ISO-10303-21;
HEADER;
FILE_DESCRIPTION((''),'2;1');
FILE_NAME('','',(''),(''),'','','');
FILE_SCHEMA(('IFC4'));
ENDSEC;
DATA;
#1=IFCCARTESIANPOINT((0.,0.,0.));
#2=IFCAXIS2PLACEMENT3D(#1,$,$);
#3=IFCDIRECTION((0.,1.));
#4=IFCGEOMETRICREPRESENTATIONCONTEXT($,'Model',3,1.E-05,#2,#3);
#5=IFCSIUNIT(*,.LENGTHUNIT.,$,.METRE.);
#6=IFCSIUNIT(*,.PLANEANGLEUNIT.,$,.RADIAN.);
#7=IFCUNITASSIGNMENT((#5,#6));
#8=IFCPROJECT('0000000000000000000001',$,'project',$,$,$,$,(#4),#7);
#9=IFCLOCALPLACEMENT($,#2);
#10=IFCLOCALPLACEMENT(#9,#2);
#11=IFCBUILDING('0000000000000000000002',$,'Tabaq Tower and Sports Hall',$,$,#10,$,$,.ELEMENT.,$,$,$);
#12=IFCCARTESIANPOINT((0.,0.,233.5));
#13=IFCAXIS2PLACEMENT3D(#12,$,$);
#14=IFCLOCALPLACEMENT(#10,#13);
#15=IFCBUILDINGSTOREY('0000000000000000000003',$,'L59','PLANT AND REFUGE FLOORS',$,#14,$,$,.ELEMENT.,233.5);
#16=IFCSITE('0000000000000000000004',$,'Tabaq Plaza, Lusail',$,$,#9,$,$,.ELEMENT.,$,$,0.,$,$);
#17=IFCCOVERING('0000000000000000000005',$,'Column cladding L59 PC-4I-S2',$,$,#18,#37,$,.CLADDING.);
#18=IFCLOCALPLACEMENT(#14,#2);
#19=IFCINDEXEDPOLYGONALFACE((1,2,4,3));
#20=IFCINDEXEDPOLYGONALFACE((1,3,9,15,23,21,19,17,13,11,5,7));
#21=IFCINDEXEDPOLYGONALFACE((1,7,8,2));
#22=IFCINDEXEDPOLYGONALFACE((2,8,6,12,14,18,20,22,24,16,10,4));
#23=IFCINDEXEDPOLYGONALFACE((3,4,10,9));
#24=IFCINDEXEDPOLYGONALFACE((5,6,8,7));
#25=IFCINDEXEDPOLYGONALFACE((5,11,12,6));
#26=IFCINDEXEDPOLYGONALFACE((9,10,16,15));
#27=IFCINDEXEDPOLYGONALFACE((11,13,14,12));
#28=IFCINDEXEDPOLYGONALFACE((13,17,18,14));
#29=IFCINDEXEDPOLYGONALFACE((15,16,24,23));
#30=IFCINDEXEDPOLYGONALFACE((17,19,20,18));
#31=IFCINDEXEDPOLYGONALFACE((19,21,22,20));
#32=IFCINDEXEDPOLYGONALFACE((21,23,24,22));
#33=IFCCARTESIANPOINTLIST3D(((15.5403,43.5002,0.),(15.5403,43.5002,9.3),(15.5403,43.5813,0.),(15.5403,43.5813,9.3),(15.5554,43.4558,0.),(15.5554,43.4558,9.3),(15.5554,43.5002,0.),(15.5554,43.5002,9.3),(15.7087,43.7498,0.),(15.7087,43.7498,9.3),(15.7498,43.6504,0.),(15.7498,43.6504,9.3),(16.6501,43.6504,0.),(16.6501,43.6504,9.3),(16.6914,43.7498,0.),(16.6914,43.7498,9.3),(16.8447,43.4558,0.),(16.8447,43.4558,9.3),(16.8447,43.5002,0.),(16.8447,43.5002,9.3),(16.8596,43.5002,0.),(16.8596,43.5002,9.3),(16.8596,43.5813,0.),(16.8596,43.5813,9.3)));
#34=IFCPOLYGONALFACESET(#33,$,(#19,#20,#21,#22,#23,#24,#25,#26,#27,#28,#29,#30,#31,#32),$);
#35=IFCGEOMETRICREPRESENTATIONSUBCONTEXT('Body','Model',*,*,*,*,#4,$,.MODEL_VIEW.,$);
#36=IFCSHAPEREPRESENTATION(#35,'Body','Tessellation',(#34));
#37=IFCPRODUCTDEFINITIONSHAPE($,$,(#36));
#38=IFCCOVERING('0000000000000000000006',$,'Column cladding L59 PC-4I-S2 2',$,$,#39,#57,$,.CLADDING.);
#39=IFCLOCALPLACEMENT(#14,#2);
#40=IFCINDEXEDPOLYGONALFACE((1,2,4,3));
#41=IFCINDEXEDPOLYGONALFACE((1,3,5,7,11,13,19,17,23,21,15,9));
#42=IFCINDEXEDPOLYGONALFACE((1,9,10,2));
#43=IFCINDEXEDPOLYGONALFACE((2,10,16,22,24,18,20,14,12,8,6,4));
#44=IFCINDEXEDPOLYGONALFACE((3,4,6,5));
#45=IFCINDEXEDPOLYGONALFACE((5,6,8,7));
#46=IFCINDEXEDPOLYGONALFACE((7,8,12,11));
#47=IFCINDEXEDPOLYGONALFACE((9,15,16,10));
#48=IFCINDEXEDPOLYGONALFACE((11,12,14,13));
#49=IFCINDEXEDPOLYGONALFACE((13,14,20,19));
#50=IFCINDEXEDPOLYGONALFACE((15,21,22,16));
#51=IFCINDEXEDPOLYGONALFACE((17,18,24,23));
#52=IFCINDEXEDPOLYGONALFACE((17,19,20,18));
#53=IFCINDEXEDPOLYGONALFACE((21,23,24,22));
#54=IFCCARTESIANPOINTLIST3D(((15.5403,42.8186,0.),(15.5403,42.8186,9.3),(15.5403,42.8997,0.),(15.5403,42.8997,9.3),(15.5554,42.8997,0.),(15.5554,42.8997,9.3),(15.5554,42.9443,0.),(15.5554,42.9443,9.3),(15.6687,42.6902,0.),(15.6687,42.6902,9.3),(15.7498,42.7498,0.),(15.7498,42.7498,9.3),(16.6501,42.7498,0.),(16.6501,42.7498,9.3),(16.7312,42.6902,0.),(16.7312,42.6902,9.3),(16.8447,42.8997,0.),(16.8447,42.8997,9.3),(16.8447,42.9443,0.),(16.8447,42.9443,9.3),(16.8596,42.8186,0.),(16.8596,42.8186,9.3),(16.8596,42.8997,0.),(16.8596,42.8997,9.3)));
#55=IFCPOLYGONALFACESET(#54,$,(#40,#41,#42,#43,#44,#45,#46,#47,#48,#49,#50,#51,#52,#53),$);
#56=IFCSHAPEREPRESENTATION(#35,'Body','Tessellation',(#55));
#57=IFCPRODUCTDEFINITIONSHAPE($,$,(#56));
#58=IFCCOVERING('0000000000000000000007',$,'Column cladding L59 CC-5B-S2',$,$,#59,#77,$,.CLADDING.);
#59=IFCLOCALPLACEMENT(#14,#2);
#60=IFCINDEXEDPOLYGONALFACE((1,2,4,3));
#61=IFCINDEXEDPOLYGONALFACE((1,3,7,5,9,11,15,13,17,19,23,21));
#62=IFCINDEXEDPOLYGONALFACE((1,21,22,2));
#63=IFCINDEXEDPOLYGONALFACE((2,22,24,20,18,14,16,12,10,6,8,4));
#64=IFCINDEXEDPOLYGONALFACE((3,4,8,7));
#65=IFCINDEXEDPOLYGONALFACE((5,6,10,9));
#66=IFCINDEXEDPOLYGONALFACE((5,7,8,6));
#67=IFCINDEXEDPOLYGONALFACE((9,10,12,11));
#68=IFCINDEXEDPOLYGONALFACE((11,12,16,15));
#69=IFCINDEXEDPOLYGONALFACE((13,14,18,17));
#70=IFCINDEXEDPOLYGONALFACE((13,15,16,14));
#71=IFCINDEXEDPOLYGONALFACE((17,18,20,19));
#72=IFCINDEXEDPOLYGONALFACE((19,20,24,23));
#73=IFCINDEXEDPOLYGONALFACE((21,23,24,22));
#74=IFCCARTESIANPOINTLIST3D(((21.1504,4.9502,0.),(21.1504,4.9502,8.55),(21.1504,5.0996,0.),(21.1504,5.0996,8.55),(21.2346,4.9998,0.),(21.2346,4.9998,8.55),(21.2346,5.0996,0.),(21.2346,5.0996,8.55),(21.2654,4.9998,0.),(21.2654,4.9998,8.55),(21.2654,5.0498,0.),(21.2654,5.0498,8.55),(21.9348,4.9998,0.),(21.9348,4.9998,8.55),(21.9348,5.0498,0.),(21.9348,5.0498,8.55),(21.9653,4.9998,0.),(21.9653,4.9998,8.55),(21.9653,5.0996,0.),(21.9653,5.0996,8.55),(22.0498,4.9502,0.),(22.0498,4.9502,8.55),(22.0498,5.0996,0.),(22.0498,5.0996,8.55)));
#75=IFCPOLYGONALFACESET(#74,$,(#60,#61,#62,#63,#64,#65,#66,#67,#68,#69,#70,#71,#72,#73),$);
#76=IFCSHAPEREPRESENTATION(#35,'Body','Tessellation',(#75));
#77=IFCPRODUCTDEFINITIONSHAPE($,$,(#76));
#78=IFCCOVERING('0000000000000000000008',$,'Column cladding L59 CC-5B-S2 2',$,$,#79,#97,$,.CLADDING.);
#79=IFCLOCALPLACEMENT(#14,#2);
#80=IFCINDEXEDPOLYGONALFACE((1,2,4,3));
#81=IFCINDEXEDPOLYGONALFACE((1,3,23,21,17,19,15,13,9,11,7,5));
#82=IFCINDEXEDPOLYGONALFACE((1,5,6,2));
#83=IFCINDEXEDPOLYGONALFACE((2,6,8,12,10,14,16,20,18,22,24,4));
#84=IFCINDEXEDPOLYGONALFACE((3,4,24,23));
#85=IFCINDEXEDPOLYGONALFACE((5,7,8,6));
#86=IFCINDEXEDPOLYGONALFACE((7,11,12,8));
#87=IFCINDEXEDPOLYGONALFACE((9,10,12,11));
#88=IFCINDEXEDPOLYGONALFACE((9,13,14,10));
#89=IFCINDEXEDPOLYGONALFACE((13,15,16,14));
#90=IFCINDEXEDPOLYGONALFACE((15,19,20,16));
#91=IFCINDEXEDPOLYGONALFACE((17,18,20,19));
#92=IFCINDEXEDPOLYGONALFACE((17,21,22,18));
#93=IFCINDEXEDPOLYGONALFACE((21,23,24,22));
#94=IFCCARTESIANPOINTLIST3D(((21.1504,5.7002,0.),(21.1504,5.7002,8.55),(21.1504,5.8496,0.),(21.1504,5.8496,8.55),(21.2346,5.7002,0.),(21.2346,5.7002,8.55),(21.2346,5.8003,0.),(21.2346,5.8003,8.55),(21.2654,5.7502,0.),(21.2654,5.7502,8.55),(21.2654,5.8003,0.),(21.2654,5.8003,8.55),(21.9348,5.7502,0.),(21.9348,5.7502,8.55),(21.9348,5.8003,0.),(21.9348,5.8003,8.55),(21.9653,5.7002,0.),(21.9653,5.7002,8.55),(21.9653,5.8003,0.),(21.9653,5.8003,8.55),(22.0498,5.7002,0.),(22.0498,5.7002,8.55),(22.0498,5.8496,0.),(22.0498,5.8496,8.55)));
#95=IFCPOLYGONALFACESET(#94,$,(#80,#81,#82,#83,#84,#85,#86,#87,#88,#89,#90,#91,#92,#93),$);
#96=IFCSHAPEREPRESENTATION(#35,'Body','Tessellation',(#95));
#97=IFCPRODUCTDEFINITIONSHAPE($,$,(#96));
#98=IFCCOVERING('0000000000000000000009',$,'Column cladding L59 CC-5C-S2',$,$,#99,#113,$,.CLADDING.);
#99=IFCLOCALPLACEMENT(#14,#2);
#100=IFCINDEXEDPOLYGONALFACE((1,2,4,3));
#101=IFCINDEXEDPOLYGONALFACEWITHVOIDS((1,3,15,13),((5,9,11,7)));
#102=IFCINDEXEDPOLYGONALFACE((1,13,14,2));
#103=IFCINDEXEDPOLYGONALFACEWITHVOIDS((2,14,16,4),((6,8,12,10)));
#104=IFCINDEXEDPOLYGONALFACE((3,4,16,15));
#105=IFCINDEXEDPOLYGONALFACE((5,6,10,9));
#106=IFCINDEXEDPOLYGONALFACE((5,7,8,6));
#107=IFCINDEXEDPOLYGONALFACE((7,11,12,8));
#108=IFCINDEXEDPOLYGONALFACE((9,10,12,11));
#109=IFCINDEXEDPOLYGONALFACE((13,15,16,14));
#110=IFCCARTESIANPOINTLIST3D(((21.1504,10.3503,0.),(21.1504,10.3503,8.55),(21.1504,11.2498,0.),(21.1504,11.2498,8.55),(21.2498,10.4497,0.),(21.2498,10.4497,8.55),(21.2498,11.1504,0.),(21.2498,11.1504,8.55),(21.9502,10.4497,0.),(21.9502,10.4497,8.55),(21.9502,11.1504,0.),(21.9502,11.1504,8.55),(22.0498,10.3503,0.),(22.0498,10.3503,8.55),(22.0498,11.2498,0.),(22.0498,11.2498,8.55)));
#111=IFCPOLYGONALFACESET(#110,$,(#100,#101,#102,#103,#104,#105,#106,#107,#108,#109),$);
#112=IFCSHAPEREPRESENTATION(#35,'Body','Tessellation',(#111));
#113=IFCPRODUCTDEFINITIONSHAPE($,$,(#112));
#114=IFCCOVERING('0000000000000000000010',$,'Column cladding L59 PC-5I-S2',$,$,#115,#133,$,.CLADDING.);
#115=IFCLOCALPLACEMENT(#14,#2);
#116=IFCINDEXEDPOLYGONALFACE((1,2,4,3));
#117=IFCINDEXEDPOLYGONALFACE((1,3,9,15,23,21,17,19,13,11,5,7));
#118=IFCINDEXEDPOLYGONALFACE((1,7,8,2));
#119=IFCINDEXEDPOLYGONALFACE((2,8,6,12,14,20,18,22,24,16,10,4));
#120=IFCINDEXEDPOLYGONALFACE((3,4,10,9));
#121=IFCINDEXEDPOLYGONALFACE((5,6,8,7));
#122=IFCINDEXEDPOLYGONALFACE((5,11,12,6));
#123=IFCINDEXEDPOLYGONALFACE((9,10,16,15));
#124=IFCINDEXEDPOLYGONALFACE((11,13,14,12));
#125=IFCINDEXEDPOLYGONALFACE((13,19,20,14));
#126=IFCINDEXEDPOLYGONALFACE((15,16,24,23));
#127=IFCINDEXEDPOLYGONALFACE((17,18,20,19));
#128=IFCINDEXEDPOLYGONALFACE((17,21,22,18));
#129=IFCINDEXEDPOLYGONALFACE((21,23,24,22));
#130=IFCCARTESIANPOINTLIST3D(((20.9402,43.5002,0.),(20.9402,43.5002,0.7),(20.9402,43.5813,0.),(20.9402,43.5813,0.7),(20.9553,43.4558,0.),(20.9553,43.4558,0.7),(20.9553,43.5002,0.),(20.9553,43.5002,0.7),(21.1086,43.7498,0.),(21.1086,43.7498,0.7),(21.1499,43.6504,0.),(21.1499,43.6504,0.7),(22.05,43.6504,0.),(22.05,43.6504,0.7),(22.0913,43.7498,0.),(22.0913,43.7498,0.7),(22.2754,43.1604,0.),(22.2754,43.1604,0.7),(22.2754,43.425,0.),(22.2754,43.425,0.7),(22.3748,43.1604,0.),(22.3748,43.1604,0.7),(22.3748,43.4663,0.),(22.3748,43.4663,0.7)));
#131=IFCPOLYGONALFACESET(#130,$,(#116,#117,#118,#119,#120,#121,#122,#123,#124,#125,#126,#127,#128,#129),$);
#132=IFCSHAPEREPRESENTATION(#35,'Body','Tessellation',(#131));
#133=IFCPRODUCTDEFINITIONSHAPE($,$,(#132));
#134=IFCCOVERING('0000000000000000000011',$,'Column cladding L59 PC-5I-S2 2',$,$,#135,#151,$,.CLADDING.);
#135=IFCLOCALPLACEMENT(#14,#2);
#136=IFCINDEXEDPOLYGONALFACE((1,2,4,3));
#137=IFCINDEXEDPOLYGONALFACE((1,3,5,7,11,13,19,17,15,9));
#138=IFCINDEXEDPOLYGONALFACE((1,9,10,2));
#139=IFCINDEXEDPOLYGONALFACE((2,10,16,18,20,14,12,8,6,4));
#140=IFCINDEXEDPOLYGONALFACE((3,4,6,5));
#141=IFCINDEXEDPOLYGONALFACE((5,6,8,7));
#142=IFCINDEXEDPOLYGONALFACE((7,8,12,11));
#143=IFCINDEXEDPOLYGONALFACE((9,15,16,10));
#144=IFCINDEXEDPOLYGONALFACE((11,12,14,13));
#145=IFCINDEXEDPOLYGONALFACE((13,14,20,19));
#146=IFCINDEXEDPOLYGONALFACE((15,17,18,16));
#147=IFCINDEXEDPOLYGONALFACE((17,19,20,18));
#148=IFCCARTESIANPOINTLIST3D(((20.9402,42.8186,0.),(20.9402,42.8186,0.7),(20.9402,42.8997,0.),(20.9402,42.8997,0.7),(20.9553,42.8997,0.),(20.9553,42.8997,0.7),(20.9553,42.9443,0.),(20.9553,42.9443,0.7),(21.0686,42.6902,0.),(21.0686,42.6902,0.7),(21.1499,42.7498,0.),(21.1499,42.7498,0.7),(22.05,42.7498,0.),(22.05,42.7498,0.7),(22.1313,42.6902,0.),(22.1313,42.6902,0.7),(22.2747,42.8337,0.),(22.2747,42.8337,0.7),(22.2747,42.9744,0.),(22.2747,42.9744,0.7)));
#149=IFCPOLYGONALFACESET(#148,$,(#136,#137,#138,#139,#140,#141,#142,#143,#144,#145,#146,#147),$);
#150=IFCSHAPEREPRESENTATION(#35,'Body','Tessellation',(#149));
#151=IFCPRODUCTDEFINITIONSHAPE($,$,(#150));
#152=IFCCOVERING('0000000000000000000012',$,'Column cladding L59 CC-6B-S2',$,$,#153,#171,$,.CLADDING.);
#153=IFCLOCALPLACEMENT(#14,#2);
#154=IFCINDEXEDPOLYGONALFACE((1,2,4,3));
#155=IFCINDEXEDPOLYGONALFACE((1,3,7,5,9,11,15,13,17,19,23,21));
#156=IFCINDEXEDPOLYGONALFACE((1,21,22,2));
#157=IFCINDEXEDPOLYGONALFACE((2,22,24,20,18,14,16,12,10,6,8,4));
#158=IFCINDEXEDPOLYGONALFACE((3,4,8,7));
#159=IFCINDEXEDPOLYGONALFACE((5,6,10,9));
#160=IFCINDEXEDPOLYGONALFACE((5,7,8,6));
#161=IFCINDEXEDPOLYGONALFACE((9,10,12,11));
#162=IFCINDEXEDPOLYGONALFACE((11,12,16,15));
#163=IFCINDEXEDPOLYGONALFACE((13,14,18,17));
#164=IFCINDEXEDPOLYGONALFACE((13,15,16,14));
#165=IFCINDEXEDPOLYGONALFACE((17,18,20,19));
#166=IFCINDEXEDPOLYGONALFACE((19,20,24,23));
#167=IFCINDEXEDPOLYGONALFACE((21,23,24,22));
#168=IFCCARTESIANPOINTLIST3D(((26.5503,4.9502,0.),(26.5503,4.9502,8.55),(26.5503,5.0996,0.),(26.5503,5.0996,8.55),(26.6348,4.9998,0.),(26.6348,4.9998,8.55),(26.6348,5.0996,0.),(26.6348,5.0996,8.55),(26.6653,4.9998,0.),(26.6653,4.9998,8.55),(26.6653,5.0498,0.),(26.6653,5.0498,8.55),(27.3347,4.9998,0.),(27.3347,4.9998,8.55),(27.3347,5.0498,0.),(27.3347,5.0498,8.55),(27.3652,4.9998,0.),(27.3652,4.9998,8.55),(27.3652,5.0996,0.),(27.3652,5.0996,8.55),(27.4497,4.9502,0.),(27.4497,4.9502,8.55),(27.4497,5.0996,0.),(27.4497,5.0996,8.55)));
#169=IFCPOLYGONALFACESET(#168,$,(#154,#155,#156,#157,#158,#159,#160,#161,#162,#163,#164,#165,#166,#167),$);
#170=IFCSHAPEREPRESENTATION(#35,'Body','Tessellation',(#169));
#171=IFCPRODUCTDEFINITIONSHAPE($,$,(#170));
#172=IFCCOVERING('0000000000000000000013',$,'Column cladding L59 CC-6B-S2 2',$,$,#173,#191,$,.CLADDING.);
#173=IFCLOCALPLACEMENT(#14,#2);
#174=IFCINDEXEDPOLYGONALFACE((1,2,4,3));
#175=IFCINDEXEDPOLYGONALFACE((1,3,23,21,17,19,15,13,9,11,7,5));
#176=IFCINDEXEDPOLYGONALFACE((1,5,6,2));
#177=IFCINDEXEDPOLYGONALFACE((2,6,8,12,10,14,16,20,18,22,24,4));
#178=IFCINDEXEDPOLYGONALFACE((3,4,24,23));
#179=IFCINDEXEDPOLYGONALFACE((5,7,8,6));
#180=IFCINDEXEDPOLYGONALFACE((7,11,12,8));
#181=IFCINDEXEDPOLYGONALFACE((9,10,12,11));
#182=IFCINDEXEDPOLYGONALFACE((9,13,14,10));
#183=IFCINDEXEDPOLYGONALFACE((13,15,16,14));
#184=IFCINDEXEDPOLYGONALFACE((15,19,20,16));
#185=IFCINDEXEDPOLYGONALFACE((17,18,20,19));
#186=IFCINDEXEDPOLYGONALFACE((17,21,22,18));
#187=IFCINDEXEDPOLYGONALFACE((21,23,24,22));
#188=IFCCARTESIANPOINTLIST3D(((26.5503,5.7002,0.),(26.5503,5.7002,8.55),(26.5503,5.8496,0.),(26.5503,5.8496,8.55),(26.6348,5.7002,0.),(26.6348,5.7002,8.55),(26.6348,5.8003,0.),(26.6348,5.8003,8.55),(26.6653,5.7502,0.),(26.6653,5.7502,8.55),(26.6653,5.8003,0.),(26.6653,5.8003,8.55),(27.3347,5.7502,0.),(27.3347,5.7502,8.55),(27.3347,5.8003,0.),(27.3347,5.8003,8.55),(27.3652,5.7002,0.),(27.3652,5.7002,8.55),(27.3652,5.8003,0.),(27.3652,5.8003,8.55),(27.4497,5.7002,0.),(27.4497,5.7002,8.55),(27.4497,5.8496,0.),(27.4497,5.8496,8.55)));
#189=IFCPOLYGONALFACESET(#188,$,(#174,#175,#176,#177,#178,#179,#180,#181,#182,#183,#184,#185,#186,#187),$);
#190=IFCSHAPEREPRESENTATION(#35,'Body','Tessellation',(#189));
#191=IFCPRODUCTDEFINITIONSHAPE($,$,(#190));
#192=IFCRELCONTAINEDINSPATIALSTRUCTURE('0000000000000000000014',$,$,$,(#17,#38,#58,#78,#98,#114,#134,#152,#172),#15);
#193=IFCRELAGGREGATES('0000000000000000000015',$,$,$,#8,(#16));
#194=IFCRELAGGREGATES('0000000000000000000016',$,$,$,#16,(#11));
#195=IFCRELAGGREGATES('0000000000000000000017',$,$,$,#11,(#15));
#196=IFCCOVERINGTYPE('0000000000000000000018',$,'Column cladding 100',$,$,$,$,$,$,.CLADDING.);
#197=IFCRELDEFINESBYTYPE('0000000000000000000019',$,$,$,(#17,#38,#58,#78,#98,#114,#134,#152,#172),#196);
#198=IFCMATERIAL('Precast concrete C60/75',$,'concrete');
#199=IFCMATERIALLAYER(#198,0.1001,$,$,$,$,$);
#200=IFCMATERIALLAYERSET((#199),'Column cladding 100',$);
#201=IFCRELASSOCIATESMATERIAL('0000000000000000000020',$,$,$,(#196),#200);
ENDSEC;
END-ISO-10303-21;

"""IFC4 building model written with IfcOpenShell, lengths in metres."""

from ifc_helpers import new_model, si_unit, direction, frame, origin, place, context, subcontext, project, spatial, polyline, outline, extrude, material, layer, layer_set, type_object, element, save


model = new_model("IFC4")

# Units and contexts
model_context = context("Model", 3, precision=1e-05, world=origin(), true_north=direction((0.0, 1.0)))
body_context = subcontext(model_context, "Body", "Model", "MODEL_VIEW")
ifc_project = project(units=[si_unit("LENGTHUNIT", "METRE"), si_unit("PLANEANGLEUNIT", "RADIAN")], contexts=[model_context])

# Site, building, storey
site_placement = place(None, origin())
site = spatial("IfcSite", under=ifc_project, at=site_placement, Name="Tabaq Plaza, Lusail", CompositionType="ELEMENT", RefElevation=0.0)
building_placement = place(site_placement, origin())
building = spatial("IfcBuilding", under=site, at=building_placement, Name="Tabaq Tower and Sports Hall", CompositionType="ELEMENT")
storey_placement = place(building_placement, frame((0.0, 0.0, 233.5)))
storey = spatial("IfcBuildingStorey", under=building, at=storey_placement, Name="L59", Description="PLANT AND REFUGE FLOORS", CompositionType="ELEMENT", Elevation=233.5)

# Coverings
ifc_material_1 = material(Name="Precast concrete C60/75", Category="concrete")
ifc_layer_1 = layer(ifc_material_1, 0.1001)
ifc_layer_set_1 = layer_set([ifc_layer_1], Name="Column cladding 100")
covering_type_1 = type_object("IfcCoveringType", Name="Column cladding 100", PredefinedType="CLADDING", material=ifc_layer_set_1)
covering_1_placement = place(storey_placement, origin())
element("IfcCovering", 1, at=covering_1_placement, inside=storey, type_object=covering_type_1, Name="Column cladding L59 PC-4I-S2", PredefinedType="CLADDING", context=body_context, shape_type="SweptSolid", body=[
    extrude(outline(polyline([(15.7087, 43.7498), (16.6914, 43.7498), (16.8596, 43.5813), (16.8596, 43.5002), (16.8447, 43.5002), (16.8447, 43.4558), (16.6501, 43.6504), (15.7498, 43.6504), (15.5554, 43.4558), (15.5554, 43.5002), (15.5403, 43.5002), (15.5403, 43.5813), (15.7087, 43.7498)])), origin(), (0.0, 0.0, 1.0), 9.3),
])
covering_2_placement = place(storey_placement, origin())
element("IfcCovering", 2, at=covering_2_placement, inside=storey, type_object=covering_type_1, Name="Column cladding L59 PC-4I-S2 2", PredefinedType="CLADDING", context=body_context, shape_type="SweptSolid", body=[
    extrude(outline(polyline([(16.7312, 42.6902), (15.6687, 42.6902), (15.5403, 42.8186), (15.5403, 42.8997), (15.5554, 42.8997), (15.5554, 42.9443), (15.7498, 42.7498), (16.6501, 42.7498), (16.8447, 42.9443), (16.8447, 42.8997), (16.8596, 42.8997), (16.8596, 42.8186), (16.7312, 42.6902)])), origin(), (0.0, 0.0, 1.0), 9.3),
])
covering_3_placement = place(storey_placement, origin())
element("IfcCovering", 3, at=covering_3_placement, inside=storey, type_object=covering_type_1, Name="Column cladding L59 CC-5B-S2", PredefinedType="CLADDING", context=body_context, shape_type="SweptSolid", body=[
    extrude(outline(polyline([(22.0498, 4.9502), (21.1504, 4.9502), (21.1504, 5.0996), (21.2346, 5.0996), (21.2346, 4.9998), (21.2654, 4.9998), (21.2654, 5.0498), (21.9348, 5.0498), (21.9348, 4.9998), (21.9653, 4.9998), (21.9653, 5.0996), (22.0498, 5.0996), (22.0498, 4.9502)])), origin(), (0.0, 0.0, 1.0), 8.55),
])
covering_4_placement = place(storey_placement, origin())
element("IfcCovering", 4, at=covering_4_placement, inside=storey, type_object=covering_type_1, Name="Column cladding L59 CC-5B-S2 2", PredefinedType="CLADDING", context=body_context, shape_type="SweptSolid", body=[
    extrude(outline(polyline([(22.0498, 5.8496), (22.0498, 5.7002), (21.9653, 5.7002), (21.9653, 5.8003), (21.9348, 5.8003), (21.9348, 5.7502), (21.2654, 5.7502), (21.2654, 5.8003), (21.2346, 5.8003), (21.2346, 5.7002), (21.1504, 5.7002), (21.1504, 5.8496), (22.0498, 5.8496)])), origin(), (0.0, 0.0, 1.0), 8.55),
])
covering_5_placement = place(storey_placement, origin())
element("IfcCovering", 5, at=covering_5_placement, inside=storey, type_object=covering_type_1, Name="Column cladding L59 CC-5C-S2", PredefinedType="CLADDING", context=body_context, shape_type="SweptSolid", body=[
    extrude(outline(polyline([(21.1504, 11.2498), (22.0498, 11.2498), (22.0498, 10.3503), (21.1504, 10.3503), (21.1504, 11.2498)]), holes=[polyline([(21.9502, 10.4497), (21.9502, 11.1504), (21.2498, 11.1504), (21.2498, 10.4497), (21.9502, 10.4497)])]), origin(), (0.0, 0.0, 1.0), 8.55),
])
covering_6_placement = place(storey_placement, origin())
element("IfcCovering", 6, at=covering_6_placement, inside=storey, type_object=covering_type_1, Name="Column cladding L59 PC-5I-S2", PredefinedType="CLADDING", context=body_context, shape_type="SweptSolid", body=[
    extrude(outline(polyline([(21.1086, 43.7498), (22.0913, 43.7498), (22.3748, 43.4663), (22.3748, 43.1604), (22.2754, 43.1604), (22.2754, 43.425), (22.05, 43.6504), (21.1499, 43.6504), (20.9553, 43.4558), (20.9553, 43.5002), (20.9402, 43.5002), (20.9402, 43.5813), (21.1086, 43.7498)])), origin(), (0.0, 0.0, 1.0), 0.7),
])
covering_7_placement = place(storey_placement, origin())
element("IfcCovering", 7, at=covering_7_placement, inside=storey, type_object=covering_type_1, Name="Column cladding L59 PC-5I-S2 2", PredefinedType="CLADDING", context=body_context, shape_type="SweptSolid", body=[
    extrude(outline(polyline([(22.1313, 42.6902), (21.0686, 42.6902), (20.9402, 42.8186), (20.9402, 42.8997), (20.9553, 42.8997), (20.9553, 42.9443), (21.1499, 42.7498), (22.05, 42.7498), (22.2747, 42.9744), (22.2747, 42.8337), (22.1313, 42.6902)])), origin(), (0.0, 0.0, 1.0), 0.7),
])
covering_8_placement = place(storey_placement, origin())
element("IfcCovering", 8, at=covering_8_placement, inside=storey, type_object=covering_type_1, Name="Column cladding L59 CC-6B-S2", PredefinedType="CLADDING", context=body_context, shape_type="SweptSolid", body=[
    extrude(outline(polyline([(27.4497, 4.9502), (26.5503, 4.9502), (26.5503, 5.0996), (26.6348, 5.0996), (26.6348, 4.9998), (26.6653, 4.9998), (26.6653, 5.0498), (27.3347, 5.0498), (27.3347, 4.9998), (27.3652, 4.9998), (27.3652, 5.0996), (27.4497, 5.0996), (27.4497, 4.9502)])), origin(), (0.0, 0.0, 1.0), 8.55),
])
covering_9_placement = place(storey_placement, origin())
element("IfcCovering", 9, at=covering_9_placement, inside=storey, type_object=covering_type_1, Name="Column cladding L59 CC-6B-S2 2", PredefinedType="CLADDING", context=body_context, shape_type="SweptSolid", body=[
    extrude(outline(polyline([(27.4497, 5.8496), (27.4497, 5.7002), (27.3652, 5.7002), (27.3652, 5.8003), (27.3347, 5.8003), (27.3347, 5.7502), (26.6653, 5.7502), (26.6653, 5.8003), (26.6348, 5.8003), (26.6348, 5.7002), (26.5503, 5.7002), (26.5503, 5.8496), (27.4497, 5.8496)])), origin(), (0.0, 0.0, 1.0), 8.55),
])

save(model, "model.ifc")
